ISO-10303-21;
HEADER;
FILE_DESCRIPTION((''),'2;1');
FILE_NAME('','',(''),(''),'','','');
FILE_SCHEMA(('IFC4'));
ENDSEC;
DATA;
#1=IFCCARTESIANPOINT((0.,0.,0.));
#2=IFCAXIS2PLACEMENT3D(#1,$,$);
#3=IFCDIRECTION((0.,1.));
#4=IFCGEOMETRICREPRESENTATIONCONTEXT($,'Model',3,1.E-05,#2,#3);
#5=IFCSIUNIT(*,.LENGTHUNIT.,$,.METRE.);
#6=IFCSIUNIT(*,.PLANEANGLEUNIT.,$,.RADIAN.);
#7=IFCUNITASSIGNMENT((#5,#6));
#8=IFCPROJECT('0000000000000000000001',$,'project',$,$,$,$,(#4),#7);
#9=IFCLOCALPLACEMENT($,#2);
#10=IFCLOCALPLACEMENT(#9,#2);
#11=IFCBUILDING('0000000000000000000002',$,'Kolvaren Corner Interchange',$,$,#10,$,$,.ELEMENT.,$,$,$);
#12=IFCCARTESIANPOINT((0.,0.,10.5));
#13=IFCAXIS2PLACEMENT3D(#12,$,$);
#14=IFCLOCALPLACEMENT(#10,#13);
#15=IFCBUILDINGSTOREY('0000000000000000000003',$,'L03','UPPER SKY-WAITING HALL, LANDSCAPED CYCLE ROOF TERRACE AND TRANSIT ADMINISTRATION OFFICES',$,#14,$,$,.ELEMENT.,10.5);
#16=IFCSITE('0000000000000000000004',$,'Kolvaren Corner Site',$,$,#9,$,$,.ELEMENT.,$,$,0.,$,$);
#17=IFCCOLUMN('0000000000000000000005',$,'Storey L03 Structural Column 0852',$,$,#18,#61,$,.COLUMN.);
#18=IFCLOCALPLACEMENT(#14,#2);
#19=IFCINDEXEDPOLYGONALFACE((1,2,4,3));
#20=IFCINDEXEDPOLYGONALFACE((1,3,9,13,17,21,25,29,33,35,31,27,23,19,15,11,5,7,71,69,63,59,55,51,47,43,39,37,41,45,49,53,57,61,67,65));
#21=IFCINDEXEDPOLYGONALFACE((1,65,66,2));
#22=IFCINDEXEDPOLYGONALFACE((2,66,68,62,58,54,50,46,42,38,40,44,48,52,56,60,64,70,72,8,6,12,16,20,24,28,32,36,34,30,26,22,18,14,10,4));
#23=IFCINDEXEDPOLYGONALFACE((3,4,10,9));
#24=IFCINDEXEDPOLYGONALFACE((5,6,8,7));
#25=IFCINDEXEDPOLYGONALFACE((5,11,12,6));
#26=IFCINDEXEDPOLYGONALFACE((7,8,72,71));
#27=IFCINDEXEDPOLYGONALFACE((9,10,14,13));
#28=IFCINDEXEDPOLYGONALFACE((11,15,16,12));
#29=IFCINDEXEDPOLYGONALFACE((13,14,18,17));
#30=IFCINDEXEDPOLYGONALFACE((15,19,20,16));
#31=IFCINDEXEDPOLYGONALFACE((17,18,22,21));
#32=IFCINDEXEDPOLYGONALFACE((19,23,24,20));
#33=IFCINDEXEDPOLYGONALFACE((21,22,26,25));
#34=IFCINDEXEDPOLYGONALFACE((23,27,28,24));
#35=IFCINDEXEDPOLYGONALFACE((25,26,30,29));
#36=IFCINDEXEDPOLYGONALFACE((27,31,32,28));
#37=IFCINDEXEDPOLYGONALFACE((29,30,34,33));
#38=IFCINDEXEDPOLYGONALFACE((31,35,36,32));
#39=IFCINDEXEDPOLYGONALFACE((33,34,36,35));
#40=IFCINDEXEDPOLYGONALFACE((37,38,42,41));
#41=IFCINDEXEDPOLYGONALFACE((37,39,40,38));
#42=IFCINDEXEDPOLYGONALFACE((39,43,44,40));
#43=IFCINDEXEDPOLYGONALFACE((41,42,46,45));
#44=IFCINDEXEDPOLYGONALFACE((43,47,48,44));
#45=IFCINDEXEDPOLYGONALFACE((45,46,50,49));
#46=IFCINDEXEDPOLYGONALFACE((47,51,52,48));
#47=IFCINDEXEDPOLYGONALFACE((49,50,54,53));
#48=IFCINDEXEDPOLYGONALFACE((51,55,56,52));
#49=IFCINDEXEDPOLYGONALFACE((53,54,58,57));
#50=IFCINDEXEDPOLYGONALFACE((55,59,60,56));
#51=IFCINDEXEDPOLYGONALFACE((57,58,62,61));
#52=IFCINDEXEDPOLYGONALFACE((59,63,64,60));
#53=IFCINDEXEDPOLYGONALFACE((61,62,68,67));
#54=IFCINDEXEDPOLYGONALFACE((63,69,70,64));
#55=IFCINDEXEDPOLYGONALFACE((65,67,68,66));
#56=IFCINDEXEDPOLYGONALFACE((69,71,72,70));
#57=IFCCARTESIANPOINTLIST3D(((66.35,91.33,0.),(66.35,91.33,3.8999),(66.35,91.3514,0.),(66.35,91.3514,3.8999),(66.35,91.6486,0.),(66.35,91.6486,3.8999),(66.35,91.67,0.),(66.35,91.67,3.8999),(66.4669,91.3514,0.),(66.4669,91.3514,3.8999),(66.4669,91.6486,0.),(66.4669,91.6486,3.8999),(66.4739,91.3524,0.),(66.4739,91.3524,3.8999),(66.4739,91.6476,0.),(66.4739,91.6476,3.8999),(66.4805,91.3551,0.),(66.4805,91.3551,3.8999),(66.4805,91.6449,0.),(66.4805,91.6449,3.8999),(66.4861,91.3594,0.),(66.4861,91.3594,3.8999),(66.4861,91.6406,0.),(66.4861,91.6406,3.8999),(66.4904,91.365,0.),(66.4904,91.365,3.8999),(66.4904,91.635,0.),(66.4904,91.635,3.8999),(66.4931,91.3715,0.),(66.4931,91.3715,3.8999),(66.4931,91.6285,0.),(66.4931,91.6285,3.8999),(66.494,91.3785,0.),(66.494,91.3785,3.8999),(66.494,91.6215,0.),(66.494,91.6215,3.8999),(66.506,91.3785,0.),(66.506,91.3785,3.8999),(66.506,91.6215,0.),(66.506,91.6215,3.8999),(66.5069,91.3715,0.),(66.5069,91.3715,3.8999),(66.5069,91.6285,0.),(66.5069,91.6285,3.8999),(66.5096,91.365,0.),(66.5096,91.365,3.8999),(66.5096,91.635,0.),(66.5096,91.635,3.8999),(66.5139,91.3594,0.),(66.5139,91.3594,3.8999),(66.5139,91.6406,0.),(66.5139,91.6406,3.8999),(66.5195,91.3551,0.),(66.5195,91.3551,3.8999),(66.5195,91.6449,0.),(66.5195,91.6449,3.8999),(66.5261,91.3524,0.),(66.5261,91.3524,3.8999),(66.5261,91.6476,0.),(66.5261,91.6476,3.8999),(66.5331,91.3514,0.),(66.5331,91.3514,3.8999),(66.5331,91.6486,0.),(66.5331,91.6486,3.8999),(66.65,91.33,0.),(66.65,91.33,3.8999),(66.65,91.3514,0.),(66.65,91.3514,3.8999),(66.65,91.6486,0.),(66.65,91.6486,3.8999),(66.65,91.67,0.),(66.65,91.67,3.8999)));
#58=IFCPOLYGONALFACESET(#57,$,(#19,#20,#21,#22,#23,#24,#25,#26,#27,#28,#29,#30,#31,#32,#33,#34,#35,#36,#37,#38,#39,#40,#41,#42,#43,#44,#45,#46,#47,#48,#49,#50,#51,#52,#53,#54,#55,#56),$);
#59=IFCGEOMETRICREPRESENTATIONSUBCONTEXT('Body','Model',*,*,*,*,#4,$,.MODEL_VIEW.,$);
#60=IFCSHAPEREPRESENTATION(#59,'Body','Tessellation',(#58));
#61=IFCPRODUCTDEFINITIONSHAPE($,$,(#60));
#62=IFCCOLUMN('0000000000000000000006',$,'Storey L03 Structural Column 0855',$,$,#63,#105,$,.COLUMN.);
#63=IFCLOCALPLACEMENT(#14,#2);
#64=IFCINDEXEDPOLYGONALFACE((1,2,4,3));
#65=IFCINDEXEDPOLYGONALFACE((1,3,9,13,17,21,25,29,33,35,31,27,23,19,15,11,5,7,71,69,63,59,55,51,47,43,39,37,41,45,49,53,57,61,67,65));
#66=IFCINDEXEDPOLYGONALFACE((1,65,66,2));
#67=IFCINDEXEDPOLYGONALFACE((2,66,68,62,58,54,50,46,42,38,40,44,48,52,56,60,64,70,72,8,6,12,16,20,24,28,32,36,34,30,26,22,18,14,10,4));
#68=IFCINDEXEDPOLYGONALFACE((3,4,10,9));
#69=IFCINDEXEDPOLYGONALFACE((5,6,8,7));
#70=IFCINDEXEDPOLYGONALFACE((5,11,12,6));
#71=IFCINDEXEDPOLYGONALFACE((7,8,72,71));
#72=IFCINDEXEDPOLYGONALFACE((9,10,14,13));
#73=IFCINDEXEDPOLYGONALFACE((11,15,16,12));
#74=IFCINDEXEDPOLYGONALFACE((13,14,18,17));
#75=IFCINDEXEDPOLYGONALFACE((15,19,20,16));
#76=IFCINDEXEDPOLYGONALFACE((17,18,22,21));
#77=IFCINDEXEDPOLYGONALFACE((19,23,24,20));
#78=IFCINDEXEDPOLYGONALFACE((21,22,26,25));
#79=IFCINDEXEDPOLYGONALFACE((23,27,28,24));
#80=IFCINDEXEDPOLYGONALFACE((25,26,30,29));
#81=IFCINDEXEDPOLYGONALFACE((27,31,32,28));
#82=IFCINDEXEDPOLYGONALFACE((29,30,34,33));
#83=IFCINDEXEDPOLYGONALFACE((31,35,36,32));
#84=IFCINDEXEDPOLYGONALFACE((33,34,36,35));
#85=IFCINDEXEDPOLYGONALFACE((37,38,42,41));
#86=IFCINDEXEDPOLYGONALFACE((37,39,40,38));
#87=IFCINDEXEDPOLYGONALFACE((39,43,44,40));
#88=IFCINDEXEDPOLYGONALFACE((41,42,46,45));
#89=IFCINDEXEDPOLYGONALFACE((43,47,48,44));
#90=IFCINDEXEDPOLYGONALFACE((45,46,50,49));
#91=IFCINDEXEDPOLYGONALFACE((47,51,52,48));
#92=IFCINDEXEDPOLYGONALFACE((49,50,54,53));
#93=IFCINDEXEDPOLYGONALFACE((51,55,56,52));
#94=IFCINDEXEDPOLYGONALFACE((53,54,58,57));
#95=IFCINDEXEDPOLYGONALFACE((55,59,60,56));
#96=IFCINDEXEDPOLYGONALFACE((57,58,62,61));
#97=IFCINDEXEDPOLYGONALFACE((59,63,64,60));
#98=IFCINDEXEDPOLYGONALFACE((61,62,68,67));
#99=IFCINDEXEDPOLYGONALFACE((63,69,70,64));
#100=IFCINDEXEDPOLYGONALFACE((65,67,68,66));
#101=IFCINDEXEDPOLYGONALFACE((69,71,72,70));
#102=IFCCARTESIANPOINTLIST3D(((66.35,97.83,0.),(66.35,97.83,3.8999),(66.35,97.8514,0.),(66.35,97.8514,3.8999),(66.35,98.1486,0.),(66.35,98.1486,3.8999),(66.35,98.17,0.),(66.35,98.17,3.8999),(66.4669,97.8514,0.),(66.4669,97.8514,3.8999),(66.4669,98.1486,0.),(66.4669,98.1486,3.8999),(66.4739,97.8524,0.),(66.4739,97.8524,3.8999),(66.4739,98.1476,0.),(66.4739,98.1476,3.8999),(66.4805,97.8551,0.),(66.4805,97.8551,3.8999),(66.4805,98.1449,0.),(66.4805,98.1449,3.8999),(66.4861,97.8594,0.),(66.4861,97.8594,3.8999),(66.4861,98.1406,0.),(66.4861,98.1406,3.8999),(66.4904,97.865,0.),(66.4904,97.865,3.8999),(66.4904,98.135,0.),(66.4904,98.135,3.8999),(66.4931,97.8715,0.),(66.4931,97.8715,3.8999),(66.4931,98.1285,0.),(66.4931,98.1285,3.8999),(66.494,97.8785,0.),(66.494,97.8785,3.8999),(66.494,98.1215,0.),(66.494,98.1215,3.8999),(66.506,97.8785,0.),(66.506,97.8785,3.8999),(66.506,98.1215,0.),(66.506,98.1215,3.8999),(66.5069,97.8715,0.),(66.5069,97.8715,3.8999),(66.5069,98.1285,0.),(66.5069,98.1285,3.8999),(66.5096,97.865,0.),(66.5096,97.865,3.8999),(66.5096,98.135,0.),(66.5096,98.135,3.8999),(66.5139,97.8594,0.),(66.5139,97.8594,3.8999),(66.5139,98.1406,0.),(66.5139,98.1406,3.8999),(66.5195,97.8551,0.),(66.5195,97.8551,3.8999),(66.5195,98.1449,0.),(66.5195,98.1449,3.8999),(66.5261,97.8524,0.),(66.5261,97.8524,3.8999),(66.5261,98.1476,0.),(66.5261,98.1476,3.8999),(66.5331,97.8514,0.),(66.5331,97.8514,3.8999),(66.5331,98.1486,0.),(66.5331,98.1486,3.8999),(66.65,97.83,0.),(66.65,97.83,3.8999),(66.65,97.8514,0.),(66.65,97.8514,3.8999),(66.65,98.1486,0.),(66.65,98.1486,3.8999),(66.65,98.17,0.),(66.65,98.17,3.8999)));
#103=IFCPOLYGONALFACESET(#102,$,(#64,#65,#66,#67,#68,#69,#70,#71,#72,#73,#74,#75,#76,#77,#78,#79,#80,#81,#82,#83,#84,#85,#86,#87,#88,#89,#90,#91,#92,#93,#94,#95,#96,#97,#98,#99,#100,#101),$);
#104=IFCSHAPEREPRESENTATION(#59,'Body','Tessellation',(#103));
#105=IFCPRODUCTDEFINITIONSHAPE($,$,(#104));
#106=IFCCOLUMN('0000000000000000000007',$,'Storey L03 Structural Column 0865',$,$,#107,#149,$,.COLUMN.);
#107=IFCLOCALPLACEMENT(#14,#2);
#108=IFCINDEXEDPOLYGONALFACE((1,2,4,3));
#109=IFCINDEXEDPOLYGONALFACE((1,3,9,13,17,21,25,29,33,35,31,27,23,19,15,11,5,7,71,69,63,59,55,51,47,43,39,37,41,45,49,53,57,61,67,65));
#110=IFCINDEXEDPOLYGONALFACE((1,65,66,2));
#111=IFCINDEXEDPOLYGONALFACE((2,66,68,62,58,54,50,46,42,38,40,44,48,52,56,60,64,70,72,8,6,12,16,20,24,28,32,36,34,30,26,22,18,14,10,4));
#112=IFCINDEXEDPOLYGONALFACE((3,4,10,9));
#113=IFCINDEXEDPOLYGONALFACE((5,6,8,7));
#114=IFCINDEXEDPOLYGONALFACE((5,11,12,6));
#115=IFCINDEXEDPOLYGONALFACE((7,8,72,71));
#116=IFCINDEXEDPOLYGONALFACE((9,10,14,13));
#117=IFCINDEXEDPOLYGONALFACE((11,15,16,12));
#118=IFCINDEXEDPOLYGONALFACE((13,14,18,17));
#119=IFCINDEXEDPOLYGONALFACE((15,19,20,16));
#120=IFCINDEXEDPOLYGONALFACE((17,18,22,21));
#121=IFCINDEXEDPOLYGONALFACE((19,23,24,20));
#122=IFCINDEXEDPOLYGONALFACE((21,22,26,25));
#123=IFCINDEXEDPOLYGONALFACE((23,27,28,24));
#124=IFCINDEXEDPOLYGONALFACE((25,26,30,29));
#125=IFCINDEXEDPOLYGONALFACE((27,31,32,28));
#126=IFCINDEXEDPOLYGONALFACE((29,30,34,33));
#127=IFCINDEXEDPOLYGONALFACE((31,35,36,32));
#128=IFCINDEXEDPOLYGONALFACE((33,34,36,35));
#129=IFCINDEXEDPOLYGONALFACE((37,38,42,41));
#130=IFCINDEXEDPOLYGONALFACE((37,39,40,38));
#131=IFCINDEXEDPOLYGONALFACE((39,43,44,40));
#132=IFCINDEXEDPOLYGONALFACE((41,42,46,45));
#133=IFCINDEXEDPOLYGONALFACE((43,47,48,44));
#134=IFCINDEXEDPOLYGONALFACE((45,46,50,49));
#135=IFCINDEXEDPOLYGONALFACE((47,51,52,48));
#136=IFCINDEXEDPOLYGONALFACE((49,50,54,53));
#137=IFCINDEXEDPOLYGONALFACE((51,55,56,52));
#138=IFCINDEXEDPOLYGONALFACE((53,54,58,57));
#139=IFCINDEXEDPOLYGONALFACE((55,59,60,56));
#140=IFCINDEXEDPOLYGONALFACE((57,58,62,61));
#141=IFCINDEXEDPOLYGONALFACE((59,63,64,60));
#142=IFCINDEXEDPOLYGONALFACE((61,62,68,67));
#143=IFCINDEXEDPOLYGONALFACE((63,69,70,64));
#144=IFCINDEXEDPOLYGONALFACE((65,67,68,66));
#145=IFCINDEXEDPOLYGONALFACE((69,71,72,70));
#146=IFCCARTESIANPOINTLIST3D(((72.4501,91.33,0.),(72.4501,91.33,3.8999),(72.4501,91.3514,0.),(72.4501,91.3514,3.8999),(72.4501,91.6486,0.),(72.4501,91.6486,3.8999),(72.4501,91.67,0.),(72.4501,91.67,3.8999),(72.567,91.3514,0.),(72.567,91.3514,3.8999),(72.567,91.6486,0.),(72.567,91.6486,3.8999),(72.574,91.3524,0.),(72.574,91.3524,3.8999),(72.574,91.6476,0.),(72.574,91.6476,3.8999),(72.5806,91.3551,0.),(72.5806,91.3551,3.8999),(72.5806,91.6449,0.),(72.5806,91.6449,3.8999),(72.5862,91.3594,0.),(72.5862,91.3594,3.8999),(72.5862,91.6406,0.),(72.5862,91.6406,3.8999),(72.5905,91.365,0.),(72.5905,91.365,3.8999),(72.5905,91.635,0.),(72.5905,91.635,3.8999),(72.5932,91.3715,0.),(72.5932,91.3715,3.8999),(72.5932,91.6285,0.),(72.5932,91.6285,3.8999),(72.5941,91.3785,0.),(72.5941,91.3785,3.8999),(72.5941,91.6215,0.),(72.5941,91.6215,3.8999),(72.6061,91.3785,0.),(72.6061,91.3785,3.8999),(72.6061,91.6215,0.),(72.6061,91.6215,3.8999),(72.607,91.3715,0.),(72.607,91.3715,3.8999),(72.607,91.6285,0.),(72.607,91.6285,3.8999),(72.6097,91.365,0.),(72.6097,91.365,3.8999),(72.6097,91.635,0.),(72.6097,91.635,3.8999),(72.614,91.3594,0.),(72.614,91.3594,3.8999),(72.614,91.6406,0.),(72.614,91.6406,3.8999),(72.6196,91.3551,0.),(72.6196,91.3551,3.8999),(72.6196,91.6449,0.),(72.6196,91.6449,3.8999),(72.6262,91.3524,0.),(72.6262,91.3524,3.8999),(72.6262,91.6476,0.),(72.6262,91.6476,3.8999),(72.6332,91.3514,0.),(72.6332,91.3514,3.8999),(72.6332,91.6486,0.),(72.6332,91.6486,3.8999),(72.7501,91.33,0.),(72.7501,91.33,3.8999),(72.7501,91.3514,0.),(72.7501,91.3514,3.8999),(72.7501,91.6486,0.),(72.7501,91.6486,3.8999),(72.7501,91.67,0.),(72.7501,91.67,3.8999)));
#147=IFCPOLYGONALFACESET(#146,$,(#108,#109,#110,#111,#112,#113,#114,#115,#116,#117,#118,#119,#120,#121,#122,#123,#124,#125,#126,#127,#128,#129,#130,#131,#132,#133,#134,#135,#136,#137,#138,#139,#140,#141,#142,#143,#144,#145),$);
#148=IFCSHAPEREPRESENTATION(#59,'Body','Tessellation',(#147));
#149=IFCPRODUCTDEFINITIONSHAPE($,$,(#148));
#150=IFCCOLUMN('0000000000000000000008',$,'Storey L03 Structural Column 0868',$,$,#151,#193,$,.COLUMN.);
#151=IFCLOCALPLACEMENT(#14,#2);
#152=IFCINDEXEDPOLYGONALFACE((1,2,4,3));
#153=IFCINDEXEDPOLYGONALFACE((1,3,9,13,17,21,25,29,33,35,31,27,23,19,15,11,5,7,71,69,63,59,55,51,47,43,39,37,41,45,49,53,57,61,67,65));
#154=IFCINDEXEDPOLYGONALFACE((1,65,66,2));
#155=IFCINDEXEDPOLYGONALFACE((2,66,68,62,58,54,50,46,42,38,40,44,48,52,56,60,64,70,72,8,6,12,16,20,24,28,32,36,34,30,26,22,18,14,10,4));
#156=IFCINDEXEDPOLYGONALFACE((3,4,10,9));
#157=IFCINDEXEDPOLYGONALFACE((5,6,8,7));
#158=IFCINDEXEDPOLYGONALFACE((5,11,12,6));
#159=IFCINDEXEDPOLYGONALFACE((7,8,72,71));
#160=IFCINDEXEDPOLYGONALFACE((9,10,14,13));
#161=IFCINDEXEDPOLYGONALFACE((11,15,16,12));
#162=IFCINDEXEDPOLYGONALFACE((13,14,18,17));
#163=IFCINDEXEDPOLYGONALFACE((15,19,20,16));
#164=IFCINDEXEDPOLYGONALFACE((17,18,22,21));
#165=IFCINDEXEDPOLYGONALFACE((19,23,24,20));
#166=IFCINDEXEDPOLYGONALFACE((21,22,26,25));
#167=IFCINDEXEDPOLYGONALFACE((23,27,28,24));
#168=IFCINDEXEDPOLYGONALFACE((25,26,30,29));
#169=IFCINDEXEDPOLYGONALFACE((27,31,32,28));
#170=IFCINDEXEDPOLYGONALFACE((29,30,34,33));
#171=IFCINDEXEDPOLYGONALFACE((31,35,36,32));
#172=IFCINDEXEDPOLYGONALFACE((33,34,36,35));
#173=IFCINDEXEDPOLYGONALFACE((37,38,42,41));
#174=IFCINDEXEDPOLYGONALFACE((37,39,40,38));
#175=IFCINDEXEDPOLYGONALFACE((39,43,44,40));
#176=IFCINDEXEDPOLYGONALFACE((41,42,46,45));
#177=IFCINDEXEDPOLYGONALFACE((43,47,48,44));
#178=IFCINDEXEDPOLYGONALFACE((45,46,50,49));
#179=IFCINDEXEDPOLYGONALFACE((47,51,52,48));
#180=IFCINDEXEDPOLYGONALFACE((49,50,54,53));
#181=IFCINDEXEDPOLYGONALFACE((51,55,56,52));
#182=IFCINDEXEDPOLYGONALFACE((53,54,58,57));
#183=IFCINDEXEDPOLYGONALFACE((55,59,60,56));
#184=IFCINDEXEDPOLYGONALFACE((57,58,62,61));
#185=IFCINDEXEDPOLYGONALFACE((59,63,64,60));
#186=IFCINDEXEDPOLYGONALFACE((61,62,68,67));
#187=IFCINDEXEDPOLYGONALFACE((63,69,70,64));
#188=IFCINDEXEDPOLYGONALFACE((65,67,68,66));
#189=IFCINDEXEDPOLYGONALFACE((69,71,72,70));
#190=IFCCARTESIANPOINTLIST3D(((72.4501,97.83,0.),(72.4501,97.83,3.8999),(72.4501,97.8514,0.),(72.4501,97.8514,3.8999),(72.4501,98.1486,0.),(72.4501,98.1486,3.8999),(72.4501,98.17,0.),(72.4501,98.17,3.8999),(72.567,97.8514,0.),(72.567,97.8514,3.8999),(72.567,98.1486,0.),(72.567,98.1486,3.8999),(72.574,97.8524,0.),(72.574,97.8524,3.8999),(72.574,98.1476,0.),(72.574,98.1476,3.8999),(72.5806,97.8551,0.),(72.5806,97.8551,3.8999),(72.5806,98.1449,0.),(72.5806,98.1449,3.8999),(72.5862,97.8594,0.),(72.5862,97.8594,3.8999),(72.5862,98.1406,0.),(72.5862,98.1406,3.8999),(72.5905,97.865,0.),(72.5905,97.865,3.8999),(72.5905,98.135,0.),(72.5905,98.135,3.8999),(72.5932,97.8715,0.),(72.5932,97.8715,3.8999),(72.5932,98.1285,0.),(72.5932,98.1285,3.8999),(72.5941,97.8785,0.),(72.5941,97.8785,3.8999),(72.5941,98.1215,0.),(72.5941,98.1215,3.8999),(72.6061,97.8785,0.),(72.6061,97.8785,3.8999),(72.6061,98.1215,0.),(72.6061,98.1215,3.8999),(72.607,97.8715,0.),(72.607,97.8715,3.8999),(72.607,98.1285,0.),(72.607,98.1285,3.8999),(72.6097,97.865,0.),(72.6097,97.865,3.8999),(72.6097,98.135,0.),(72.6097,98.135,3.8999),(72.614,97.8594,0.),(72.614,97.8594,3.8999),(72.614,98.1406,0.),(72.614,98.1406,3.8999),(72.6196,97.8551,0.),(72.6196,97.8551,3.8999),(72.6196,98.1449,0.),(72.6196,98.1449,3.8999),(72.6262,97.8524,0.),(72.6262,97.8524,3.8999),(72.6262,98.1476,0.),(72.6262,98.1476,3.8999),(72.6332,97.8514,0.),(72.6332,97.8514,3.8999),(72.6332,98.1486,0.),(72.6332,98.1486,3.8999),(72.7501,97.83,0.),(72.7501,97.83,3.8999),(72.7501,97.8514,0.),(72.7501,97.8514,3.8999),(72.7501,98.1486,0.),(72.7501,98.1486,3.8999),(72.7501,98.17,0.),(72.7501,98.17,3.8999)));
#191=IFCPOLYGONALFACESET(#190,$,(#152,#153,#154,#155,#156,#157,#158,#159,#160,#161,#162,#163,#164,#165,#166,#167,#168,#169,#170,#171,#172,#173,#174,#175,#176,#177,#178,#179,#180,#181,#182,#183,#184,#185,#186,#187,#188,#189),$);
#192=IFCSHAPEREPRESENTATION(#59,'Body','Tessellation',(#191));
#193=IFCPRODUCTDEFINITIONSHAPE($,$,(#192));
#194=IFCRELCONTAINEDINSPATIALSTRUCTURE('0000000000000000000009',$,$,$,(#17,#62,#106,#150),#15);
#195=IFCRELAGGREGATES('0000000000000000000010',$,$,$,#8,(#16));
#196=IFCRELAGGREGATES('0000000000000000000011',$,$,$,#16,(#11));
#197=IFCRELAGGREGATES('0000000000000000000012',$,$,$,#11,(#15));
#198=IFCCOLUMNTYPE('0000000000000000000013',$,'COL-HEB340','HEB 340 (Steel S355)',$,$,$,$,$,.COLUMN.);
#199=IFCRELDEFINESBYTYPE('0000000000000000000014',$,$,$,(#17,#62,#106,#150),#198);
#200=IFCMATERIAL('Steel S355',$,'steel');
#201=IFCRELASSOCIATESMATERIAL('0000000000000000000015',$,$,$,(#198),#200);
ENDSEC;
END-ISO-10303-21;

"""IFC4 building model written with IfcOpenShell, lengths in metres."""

from ifc_helpers import new_model, si_unit, direction, frame, origin, origin_2d, place, context, subcontext, project, spatial, i_section, extrude, material, material_profile, profile_set, type_object, element, save


model = new_model("IFC4")

# Units and contexts
model_context = context("Model", 3, precision=1e-05, world=origin(), true_north=direction((0.0, 1.0)))
body_context = subcontext(model_context, "Body", "Model", "MODEL_VIEW")
ifc_project = project(units=[si_unit("LENGTHUNIT", "METRE"), si_unit("PLANEANGLEUNIT", "RADIAN")], contexts=[model_context])

# Site, building, storey
site_placement = place(None, origin())
site = spatial("IfcSite", under=ifc_project, at=site_placement, Name="Kolvaren Corner Site", CompositionType="ELEMENT", RefElevation=0.0)
building_placement = place(site_placement, origin())
building = spatial("IfcBuilding", under=site, at=building_placement, Name="Kolvaren Corner Interchange", CompositionType="ELEMENT")
storey_placement = place(building_placement, frame((0.0, 0.0, 10.5)))
storey = spatial("IfcBuildingStorey", under=building, at=storey_placement, Name="L03", Description="UPPER SKY-WAITING HALL, LANDSCAPED CYCLE ROOF TERRACE AND TRANSIT ADMINISTRATION OFFICES", CompositionType="ELEMENT", Elevation=10.5)

# Columns
ifc_material_1 = material(Name="Steel S355", Category="steel")
ifc_material_profile_1 = material_profile(ifc_material_1, i_section(OverallWidth=0.3, OverallDepth=0.3401, WebThickness=0.012, FlangeThickness=0.0215, FilletRadius=0.0271, at=origin_2d()), Name="HEB 340")
ifc_profile_set_1 = profile_set([ifc_material_profile_1], Name="Steel S355")
column_type = type_object("IfcColumnType", Name="COL-HEB340", Description="HEB 340 (Steel S355)", PredefinedType="COLUMN", material=ifc_profile_set_1)
for number, where, z_axis, x_axis, name in (
    (1, (66.5, 91.5, 0.0), (0.0, 0.0, 1.0), (1.0, 0.0, 0.0), "Storey L03 Structural Column 0852"),
    (2, (66.5, 98.0, 0.0), (0.0, 0.0, 1.0), (1.0, 0.0, 0.0), "Storey L03 Structural Column 0855"),
    (3, (72.6001, 91.5, 0.0), (0.0, 0.0, 1.0), (1.0, 0.0, 0.0), "Storey L03 Structural Column 0865"),
    (4, (72.6001, 98.0, 0.0), (0.0, 0.0, 1.0), (1.0, 0.0, 0.0), "Storey L03 Structural Column 0868"),
):
    element("IfcColumn", number, at=place(storey_placement, frame(where, z_axis=z_axis, x_axis=x_axis)), inside=storey, type_object=column_type, Name=name, PredefinedType="COLUMN", context=body_context, shape_type="SweptSolid", body=[
        extrude(i_section(OverallWidth=0.3, OverallDepth=0.3401, WebThickness=0.012, FlangeThickness=0.0215, FilletRadius=0.0271, at=origin_2d()), origin(), (0.0, 0.0, 1.0), 3.8999),
    ])

save(model, "model.ifc")
